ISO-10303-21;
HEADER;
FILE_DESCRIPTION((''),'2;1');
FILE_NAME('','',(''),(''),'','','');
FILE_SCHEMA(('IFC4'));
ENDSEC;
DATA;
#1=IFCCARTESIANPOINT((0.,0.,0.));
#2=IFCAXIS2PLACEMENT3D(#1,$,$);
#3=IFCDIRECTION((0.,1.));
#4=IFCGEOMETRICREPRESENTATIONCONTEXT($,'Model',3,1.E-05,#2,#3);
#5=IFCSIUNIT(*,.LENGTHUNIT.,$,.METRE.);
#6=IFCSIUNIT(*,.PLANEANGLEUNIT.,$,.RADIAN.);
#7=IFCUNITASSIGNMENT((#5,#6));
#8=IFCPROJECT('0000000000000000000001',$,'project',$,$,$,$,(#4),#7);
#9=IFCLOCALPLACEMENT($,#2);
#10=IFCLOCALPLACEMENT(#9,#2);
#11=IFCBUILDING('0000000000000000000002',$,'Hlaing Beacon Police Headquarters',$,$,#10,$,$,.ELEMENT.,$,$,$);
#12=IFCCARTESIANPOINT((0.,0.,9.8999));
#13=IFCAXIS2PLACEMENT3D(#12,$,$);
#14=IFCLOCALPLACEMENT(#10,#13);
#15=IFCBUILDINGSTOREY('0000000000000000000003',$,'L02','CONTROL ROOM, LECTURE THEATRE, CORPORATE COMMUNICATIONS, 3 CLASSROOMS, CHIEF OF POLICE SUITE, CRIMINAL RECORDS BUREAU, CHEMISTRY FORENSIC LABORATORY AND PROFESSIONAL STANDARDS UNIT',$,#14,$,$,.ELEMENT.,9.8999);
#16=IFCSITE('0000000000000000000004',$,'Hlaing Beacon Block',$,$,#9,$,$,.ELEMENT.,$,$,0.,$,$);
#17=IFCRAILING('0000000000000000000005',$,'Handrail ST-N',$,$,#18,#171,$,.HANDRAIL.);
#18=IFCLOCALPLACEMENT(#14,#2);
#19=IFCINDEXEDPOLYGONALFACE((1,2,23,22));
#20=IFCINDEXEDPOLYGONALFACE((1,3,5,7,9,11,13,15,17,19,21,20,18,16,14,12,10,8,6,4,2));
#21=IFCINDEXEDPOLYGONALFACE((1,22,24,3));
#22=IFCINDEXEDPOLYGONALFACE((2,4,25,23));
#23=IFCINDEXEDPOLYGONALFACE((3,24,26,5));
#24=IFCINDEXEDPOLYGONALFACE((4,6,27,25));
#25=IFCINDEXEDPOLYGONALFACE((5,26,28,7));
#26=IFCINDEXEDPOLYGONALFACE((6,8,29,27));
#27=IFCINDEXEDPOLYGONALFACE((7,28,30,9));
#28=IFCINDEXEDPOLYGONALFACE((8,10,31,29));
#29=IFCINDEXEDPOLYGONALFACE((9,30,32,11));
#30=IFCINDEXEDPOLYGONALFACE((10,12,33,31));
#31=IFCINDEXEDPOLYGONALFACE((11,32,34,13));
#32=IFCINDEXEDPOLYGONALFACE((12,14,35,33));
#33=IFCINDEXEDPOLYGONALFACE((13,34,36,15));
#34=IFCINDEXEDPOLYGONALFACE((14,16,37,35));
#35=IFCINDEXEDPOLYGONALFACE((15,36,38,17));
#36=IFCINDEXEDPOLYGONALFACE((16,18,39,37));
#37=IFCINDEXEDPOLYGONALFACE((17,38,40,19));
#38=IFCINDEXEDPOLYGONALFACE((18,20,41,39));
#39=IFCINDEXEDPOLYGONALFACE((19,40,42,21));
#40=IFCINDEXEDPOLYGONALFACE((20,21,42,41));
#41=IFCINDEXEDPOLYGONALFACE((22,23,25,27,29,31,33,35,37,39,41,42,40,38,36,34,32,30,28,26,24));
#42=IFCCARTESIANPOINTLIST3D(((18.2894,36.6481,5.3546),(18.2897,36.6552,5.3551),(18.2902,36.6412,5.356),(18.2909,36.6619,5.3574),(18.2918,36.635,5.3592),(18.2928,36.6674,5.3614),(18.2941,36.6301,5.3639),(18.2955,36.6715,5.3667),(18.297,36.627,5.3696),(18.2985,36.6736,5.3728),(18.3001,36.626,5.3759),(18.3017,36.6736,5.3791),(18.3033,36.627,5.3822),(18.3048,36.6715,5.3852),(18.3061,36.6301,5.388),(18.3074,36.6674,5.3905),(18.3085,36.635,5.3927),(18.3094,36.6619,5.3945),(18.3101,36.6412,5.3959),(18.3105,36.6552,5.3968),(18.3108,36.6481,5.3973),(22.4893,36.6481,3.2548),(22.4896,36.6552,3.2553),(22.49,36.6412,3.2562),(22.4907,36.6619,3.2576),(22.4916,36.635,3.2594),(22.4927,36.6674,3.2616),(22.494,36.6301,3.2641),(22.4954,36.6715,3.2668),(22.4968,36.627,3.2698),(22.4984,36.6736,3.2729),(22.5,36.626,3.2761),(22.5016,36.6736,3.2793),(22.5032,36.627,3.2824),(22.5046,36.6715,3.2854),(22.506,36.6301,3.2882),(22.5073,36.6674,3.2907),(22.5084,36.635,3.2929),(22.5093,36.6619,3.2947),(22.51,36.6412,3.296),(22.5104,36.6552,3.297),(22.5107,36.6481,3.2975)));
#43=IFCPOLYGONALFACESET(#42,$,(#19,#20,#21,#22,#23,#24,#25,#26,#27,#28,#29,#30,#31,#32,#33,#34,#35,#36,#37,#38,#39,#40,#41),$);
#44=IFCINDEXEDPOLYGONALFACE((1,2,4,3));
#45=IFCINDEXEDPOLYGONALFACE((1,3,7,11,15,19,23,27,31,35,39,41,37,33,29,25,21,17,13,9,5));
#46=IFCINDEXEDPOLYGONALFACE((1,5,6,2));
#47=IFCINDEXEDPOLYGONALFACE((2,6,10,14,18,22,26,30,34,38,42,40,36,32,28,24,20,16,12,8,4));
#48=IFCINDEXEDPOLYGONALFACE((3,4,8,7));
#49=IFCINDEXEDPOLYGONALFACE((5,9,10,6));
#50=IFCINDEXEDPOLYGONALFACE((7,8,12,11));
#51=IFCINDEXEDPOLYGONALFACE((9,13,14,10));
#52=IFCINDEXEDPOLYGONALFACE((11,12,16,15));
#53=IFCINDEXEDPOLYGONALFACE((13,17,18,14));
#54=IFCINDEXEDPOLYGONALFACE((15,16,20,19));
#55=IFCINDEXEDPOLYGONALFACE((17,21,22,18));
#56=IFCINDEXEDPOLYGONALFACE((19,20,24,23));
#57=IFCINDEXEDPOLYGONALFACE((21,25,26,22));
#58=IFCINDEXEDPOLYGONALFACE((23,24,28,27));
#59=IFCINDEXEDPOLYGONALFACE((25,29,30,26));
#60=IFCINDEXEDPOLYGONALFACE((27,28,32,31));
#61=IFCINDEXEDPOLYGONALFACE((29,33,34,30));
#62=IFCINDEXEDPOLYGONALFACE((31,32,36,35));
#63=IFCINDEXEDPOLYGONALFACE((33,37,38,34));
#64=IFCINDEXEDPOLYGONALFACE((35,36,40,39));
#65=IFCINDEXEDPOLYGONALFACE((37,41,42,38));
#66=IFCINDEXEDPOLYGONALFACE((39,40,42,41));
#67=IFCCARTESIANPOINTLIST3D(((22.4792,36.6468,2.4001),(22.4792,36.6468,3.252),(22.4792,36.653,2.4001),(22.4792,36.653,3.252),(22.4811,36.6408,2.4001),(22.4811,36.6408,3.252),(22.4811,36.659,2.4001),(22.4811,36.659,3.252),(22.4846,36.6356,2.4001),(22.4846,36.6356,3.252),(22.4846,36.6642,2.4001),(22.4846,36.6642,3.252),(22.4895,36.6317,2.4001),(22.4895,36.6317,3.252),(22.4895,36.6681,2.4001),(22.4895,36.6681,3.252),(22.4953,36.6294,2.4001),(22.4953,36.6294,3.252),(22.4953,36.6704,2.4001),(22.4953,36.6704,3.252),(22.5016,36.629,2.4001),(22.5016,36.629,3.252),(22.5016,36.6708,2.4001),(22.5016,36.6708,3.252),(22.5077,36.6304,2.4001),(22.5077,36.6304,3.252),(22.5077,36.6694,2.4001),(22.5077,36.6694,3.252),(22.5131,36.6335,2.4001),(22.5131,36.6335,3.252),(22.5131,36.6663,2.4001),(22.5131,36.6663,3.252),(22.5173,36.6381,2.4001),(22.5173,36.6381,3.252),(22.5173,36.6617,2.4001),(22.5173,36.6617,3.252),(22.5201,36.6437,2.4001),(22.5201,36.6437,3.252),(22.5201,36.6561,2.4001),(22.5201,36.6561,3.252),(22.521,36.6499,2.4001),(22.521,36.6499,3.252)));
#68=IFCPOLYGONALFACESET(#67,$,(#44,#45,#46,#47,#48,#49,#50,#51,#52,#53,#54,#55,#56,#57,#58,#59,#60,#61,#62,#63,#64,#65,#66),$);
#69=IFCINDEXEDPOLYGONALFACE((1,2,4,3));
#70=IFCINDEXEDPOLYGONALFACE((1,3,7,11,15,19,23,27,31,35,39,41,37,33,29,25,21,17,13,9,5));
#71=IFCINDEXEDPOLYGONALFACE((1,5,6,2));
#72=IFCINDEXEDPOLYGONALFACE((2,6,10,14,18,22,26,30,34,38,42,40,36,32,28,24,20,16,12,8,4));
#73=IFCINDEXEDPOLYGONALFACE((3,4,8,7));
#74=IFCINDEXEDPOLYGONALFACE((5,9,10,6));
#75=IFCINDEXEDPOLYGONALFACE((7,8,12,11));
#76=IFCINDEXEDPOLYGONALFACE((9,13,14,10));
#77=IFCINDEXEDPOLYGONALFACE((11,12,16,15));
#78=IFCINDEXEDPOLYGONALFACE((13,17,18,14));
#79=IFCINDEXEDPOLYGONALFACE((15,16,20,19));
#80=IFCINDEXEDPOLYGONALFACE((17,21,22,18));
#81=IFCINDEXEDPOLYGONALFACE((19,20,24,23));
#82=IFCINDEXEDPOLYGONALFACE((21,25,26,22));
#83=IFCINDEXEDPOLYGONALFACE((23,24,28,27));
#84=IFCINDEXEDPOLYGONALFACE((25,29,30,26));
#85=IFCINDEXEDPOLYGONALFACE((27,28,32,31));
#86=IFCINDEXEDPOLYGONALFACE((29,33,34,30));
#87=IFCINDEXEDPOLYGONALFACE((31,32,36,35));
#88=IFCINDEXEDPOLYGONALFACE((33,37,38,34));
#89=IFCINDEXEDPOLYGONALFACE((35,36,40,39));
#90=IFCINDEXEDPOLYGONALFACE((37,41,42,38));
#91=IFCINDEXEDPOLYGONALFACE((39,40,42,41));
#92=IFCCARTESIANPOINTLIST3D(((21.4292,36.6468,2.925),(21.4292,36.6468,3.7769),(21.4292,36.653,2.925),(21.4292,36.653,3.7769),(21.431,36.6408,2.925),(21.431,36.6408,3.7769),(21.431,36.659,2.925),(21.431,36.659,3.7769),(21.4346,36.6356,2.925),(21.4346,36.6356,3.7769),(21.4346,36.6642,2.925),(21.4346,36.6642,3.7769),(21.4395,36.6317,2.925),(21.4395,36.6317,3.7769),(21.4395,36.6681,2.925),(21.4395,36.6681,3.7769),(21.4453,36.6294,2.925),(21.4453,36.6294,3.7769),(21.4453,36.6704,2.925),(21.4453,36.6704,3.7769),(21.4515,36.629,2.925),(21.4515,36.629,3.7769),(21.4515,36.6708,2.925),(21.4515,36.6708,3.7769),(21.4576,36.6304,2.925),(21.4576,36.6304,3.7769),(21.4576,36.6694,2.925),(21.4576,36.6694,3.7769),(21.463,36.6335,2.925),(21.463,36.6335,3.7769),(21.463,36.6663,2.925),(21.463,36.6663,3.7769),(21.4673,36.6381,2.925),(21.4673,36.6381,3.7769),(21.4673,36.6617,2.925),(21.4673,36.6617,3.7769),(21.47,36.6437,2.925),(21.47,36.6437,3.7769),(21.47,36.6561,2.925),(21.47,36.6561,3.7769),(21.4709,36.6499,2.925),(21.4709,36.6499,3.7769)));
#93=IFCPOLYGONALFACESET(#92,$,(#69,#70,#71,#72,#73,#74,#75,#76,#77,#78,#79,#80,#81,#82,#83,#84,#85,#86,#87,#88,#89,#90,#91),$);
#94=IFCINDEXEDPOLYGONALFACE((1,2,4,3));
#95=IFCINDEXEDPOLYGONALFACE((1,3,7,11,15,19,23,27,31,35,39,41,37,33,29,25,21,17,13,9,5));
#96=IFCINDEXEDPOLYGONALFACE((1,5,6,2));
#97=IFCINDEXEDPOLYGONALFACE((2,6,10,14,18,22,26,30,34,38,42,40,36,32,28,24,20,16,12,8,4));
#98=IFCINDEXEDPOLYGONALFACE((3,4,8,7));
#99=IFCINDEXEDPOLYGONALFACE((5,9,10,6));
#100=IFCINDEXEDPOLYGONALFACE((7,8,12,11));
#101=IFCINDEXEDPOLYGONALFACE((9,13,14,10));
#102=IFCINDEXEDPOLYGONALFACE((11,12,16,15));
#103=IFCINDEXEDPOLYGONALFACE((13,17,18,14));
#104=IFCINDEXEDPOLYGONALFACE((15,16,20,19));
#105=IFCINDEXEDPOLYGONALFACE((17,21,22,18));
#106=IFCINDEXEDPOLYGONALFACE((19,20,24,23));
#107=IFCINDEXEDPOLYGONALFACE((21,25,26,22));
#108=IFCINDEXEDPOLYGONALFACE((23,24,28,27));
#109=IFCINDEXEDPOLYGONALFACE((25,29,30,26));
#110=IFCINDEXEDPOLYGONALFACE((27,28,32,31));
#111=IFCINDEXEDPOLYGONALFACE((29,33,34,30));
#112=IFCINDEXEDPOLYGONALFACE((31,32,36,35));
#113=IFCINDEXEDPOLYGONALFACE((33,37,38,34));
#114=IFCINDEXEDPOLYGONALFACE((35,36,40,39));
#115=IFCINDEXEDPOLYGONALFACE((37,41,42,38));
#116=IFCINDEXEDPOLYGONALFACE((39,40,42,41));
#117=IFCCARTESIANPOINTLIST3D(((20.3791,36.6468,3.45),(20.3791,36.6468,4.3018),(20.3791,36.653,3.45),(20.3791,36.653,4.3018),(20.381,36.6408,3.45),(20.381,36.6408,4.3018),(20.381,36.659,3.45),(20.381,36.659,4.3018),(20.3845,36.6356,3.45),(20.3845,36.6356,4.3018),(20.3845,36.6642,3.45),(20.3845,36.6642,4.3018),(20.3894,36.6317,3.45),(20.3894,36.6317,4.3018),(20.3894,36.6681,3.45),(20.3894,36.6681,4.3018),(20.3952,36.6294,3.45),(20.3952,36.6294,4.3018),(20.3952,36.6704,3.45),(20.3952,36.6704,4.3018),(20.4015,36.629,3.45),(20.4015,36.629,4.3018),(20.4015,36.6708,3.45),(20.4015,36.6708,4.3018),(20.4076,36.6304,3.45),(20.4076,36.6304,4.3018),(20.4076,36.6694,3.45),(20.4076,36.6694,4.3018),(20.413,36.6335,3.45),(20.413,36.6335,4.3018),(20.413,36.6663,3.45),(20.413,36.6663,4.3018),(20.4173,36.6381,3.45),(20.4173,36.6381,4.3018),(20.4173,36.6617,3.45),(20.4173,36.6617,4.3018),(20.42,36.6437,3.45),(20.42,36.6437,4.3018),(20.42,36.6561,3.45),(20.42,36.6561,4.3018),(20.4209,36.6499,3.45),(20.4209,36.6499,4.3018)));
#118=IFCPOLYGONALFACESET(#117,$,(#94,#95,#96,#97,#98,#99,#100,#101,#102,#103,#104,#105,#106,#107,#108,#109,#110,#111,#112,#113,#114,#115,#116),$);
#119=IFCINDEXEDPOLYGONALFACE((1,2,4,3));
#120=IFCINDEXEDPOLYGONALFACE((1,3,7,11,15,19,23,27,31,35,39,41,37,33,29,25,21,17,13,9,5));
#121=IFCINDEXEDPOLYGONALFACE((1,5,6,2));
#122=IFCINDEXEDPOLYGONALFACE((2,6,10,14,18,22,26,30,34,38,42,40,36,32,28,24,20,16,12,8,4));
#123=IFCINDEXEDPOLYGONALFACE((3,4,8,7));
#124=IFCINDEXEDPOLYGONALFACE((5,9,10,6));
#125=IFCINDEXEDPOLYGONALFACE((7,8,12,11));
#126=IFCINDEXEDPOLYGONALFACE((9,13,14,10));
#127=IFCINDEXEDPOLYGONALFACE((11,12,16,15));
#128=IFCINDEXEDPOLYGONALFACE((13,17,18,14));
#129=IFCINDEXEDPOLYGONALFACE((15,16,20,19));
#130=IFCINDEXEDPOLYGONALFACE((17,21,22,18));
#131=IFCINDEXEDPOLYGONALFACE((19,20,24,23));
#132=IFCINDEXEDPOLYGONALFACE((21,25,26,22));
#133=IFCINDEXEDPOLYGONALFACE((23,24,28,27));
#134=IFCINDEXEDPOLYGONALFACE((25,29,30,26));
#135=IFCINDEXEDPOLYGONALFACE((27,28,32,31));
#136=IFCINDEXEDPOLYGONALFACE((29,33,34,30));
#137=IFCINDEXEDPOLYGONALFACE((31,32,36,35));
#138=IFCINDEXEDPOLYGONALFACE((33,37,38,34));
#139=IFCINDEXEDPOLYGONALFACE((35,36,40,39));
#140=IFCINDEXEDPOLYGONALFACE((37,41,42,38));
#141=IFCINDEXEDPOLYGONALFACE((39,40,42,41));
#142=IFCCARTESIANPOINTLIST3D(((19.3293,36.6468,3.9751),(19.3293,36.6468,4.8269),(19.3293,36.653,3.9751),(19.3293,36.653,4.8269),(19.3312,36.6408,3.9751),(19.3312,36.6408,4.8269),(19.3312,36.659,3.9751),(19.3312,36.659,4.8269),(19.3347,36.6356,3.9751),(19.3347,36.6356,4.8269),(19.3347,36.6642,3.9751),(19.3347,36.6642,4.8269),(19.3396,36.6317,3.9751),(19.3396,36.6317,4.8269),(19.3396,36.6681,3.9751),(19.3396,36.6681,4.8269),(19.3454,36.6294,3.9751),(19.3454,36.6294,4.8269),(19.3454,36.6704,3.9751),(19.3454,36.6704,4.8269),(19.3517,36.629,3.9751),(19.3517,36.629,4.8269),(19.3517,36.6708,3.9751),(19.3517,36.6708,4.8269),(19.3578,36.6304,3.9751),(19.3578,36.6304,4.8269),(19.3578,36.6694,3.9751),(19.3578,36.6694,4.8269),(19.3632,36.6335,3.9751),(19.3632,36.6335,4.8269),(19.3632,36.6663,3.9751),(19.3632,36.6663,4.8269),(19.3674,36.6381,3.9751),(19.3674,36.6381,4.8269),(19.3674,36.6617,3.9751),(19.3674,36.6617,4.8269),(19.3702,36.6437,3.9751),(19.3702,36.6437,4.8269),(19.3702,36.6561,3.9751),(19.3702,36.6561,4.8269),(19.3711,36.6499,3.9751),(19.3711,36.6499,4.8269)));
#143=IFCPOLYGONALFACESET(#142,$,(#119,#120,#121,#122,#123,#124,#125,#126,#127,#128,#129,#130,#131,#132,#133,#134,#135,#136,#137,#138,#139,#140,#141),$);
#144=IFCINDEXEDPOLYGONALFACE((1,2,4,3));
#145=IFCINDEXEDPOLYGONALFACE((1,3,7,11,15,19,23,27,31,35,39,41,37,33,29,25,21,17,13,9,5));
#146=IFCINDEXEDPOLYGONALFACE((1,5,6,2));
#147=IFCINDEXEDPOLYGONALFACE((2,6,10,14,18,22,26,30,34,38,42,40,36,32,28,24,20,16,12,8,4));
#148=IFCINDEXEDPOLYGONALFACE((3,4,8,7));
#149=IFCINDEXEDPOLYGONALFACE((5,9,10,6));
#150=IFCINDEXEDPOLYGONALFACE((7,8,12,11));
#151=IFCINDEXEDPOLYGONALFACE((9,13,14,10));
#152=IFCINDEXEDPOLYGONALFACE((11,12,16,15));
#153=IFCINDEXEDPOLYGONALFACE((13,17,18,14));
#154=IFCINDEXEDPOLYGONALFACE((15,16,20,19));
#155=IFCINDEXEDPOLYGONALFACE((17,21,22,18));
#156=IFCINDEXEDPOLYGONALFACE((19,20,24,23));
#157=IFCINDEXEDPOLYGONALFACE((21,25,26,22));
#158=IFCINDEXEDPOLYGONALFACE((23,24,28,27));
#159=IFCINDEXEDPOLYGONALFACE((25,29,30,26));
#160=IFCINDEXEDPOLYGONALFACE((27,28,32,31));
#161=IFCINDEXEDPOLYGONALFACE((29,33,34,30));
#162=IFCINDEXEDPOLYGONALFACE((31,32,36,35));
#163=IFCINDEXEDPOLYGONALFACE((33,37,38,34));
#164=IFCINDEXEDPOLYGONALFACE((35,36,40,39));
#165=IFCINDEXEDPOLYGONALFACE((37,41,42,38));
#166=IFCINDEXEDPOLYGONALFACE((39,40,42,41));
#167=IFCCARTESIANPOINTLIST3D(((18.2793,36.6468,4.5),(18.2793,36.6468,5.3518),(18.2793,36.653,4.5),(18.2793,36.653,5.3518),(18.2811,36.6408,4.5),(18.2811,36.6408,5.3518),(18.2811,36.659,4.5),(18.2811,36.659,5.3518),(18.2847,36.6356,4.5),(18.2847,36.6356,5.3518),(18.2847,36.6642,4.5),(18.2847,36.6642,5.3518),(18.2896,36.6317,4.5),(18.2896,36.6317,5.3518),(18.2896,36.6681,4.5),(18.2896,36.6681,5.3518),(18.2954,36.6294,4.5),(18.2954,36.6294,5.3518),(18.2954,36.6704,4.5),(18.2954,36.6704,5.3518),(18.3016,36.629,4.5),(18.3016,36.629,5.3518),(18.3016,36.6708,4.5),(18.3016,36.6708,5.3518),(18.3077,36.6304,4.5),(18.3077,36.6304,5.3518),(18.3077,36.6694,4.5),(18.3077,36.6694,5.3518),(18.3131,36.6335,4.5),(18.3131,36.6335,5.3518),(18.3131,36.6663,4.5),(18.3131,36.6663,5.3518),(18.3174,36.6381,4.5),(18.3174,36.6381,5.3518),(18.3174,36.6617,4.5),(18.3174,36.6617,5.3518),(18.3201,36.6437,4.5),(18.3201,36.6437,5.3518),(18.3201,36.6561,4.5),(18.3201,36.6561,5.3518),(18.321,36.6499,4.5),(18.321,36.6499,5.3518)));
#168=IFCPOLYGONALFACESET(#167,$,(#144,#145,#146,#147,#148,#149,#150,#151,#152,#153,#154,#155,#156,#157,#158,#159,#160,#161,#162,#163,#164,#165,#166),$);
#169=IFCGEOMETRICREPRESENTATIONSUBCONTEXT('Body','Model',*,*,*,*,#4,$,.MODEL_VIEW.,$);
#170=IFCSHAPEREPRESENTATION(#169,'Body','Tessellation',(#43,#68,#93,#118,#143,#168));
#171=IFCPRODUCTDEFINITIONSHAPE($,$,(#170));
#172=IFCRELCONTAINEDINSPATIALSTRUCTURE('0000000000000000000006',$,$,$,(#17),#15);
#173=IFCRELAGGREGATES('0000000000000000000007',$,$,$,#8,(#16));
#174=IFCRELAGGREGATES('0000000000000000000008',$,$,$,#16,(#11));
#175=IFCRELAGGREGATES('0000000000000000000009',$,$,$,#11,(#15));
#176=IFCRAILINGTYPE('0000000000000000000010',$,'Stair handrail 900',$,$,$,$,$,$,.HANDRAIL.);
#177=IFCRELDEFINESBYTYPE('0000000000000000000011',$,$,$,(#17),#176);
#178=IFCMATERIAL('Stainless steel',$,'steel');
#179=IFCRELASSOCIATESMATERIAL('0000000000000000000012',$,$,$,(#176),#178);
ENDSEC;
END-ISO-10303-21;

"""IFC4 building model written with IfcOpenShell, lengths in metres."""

from ifc_helpers import new_model, si_unit, direction, frame, origin, origin_2d, place, context, subcontext, project, spatial, circle, extrude, material, type_object, element, save


model = new_model("IFC4")

# Units and contexts
model_context = context("Model", 3, precision=1e-05, world=origin(), true_north=direction((0.0, 1.0)))
body_context = subcontext(model_context, "Body", "Model", "MODEL_VIEW")
ifc_project = project(units=[si_unit("LENGTHUNIT", "METRE"), si_unit("PLANEANGLEUNIT", "RADIAN")], contexts=[model_context])

# Site, building, storey
site_placement = place(None, origin())
site = spatial("IfcSite", under=ifc_project, at=site_placement, Name="Hlaing Beacon Block", CompositionType="ELEMENT", RefElevation=0.0)
building_placement = place(site_placement, origin())
building = spatial("IfcBuilding", under=site, at=building_placement, Name="Hlaing Beacon Police Headquarters", CompositionType="ELEMENT")
storey_placement = place(building_placement, frame((0.0, 0.0, 9.8999)))
storey = spatial("IfcBuildingStorey", under=building, at=storey_placement, Name="L02", Description="CONTROL ROOM, LECTURE THEATRE, CORPORATE COMMUNICATIONS, 3 CLASSROOMS, CHIEF OF POLICE SUITE, CRIMINAL RECORDS BUREAU, CHEMISTRY FORENSIC LABORATORY AND PROFESSIONAL STANDARDS UNIT", CompositionType="ELEMENT", Elevation=9.8999)

# Railing
ifc_material_1 = material(Name="Stainless steel", Category="steel")
railing_type_1 = type_object("IfcRailingType", Name="Stair handrail 900", PredefinedType="HANDRAIL", material=ifc_material_1)
for number, where, name in (
    (1, (22.5, 36.6499, 2.4001), "Handrail ST-N"),
):
    element("IfcRailing", number, at=place(storey_placement, frame(where)), inside=storey, type_object=railing_type_1, Name=name, PredefinedType="HANDRAIL", context=body_context, shape_type="SweptSolid", body=[
        extrude(circle(Radius=0.0239, at=origin_2d()), frame((0.0, 0.0, 0.876), z_axis=(-0.894438, 0.0, 0.447193), x_axis=(0.0, -1.0, 0.0)), (0.0, 0.0, 1.0), 4.6956),
        extrude(circle(Radius=0.021, at=origin_2d()), origin(), (0.0, 0.0, 1.0), 0.8518),
        extrude(circle(Radius=0.021, at=origin_2d()), frame((-1.05, 0.0, 0.5249)), (0.0, 0.0, 1.0), 0.8518),
        extrude(circle(Radius=0.021, at=origin_2d()), frame((-2.1001, 0.0, 1.0498)), (0.0, 0.0, 1.0), 0.8518),
        extrude(circle(Radius=0.021, at=origin_2d()), frame((-3.1499, 0.0, 1.575)), (0.0, 0.0, 1.0), 0.8518),
        extrude(circle(Radius=0.021, at=origin_2d()), frame((-4.2, 0.0, 2.0999)), (0.0, 0.0, 1.0), 0.8518),
    ])

save(model, "model.ifc")
